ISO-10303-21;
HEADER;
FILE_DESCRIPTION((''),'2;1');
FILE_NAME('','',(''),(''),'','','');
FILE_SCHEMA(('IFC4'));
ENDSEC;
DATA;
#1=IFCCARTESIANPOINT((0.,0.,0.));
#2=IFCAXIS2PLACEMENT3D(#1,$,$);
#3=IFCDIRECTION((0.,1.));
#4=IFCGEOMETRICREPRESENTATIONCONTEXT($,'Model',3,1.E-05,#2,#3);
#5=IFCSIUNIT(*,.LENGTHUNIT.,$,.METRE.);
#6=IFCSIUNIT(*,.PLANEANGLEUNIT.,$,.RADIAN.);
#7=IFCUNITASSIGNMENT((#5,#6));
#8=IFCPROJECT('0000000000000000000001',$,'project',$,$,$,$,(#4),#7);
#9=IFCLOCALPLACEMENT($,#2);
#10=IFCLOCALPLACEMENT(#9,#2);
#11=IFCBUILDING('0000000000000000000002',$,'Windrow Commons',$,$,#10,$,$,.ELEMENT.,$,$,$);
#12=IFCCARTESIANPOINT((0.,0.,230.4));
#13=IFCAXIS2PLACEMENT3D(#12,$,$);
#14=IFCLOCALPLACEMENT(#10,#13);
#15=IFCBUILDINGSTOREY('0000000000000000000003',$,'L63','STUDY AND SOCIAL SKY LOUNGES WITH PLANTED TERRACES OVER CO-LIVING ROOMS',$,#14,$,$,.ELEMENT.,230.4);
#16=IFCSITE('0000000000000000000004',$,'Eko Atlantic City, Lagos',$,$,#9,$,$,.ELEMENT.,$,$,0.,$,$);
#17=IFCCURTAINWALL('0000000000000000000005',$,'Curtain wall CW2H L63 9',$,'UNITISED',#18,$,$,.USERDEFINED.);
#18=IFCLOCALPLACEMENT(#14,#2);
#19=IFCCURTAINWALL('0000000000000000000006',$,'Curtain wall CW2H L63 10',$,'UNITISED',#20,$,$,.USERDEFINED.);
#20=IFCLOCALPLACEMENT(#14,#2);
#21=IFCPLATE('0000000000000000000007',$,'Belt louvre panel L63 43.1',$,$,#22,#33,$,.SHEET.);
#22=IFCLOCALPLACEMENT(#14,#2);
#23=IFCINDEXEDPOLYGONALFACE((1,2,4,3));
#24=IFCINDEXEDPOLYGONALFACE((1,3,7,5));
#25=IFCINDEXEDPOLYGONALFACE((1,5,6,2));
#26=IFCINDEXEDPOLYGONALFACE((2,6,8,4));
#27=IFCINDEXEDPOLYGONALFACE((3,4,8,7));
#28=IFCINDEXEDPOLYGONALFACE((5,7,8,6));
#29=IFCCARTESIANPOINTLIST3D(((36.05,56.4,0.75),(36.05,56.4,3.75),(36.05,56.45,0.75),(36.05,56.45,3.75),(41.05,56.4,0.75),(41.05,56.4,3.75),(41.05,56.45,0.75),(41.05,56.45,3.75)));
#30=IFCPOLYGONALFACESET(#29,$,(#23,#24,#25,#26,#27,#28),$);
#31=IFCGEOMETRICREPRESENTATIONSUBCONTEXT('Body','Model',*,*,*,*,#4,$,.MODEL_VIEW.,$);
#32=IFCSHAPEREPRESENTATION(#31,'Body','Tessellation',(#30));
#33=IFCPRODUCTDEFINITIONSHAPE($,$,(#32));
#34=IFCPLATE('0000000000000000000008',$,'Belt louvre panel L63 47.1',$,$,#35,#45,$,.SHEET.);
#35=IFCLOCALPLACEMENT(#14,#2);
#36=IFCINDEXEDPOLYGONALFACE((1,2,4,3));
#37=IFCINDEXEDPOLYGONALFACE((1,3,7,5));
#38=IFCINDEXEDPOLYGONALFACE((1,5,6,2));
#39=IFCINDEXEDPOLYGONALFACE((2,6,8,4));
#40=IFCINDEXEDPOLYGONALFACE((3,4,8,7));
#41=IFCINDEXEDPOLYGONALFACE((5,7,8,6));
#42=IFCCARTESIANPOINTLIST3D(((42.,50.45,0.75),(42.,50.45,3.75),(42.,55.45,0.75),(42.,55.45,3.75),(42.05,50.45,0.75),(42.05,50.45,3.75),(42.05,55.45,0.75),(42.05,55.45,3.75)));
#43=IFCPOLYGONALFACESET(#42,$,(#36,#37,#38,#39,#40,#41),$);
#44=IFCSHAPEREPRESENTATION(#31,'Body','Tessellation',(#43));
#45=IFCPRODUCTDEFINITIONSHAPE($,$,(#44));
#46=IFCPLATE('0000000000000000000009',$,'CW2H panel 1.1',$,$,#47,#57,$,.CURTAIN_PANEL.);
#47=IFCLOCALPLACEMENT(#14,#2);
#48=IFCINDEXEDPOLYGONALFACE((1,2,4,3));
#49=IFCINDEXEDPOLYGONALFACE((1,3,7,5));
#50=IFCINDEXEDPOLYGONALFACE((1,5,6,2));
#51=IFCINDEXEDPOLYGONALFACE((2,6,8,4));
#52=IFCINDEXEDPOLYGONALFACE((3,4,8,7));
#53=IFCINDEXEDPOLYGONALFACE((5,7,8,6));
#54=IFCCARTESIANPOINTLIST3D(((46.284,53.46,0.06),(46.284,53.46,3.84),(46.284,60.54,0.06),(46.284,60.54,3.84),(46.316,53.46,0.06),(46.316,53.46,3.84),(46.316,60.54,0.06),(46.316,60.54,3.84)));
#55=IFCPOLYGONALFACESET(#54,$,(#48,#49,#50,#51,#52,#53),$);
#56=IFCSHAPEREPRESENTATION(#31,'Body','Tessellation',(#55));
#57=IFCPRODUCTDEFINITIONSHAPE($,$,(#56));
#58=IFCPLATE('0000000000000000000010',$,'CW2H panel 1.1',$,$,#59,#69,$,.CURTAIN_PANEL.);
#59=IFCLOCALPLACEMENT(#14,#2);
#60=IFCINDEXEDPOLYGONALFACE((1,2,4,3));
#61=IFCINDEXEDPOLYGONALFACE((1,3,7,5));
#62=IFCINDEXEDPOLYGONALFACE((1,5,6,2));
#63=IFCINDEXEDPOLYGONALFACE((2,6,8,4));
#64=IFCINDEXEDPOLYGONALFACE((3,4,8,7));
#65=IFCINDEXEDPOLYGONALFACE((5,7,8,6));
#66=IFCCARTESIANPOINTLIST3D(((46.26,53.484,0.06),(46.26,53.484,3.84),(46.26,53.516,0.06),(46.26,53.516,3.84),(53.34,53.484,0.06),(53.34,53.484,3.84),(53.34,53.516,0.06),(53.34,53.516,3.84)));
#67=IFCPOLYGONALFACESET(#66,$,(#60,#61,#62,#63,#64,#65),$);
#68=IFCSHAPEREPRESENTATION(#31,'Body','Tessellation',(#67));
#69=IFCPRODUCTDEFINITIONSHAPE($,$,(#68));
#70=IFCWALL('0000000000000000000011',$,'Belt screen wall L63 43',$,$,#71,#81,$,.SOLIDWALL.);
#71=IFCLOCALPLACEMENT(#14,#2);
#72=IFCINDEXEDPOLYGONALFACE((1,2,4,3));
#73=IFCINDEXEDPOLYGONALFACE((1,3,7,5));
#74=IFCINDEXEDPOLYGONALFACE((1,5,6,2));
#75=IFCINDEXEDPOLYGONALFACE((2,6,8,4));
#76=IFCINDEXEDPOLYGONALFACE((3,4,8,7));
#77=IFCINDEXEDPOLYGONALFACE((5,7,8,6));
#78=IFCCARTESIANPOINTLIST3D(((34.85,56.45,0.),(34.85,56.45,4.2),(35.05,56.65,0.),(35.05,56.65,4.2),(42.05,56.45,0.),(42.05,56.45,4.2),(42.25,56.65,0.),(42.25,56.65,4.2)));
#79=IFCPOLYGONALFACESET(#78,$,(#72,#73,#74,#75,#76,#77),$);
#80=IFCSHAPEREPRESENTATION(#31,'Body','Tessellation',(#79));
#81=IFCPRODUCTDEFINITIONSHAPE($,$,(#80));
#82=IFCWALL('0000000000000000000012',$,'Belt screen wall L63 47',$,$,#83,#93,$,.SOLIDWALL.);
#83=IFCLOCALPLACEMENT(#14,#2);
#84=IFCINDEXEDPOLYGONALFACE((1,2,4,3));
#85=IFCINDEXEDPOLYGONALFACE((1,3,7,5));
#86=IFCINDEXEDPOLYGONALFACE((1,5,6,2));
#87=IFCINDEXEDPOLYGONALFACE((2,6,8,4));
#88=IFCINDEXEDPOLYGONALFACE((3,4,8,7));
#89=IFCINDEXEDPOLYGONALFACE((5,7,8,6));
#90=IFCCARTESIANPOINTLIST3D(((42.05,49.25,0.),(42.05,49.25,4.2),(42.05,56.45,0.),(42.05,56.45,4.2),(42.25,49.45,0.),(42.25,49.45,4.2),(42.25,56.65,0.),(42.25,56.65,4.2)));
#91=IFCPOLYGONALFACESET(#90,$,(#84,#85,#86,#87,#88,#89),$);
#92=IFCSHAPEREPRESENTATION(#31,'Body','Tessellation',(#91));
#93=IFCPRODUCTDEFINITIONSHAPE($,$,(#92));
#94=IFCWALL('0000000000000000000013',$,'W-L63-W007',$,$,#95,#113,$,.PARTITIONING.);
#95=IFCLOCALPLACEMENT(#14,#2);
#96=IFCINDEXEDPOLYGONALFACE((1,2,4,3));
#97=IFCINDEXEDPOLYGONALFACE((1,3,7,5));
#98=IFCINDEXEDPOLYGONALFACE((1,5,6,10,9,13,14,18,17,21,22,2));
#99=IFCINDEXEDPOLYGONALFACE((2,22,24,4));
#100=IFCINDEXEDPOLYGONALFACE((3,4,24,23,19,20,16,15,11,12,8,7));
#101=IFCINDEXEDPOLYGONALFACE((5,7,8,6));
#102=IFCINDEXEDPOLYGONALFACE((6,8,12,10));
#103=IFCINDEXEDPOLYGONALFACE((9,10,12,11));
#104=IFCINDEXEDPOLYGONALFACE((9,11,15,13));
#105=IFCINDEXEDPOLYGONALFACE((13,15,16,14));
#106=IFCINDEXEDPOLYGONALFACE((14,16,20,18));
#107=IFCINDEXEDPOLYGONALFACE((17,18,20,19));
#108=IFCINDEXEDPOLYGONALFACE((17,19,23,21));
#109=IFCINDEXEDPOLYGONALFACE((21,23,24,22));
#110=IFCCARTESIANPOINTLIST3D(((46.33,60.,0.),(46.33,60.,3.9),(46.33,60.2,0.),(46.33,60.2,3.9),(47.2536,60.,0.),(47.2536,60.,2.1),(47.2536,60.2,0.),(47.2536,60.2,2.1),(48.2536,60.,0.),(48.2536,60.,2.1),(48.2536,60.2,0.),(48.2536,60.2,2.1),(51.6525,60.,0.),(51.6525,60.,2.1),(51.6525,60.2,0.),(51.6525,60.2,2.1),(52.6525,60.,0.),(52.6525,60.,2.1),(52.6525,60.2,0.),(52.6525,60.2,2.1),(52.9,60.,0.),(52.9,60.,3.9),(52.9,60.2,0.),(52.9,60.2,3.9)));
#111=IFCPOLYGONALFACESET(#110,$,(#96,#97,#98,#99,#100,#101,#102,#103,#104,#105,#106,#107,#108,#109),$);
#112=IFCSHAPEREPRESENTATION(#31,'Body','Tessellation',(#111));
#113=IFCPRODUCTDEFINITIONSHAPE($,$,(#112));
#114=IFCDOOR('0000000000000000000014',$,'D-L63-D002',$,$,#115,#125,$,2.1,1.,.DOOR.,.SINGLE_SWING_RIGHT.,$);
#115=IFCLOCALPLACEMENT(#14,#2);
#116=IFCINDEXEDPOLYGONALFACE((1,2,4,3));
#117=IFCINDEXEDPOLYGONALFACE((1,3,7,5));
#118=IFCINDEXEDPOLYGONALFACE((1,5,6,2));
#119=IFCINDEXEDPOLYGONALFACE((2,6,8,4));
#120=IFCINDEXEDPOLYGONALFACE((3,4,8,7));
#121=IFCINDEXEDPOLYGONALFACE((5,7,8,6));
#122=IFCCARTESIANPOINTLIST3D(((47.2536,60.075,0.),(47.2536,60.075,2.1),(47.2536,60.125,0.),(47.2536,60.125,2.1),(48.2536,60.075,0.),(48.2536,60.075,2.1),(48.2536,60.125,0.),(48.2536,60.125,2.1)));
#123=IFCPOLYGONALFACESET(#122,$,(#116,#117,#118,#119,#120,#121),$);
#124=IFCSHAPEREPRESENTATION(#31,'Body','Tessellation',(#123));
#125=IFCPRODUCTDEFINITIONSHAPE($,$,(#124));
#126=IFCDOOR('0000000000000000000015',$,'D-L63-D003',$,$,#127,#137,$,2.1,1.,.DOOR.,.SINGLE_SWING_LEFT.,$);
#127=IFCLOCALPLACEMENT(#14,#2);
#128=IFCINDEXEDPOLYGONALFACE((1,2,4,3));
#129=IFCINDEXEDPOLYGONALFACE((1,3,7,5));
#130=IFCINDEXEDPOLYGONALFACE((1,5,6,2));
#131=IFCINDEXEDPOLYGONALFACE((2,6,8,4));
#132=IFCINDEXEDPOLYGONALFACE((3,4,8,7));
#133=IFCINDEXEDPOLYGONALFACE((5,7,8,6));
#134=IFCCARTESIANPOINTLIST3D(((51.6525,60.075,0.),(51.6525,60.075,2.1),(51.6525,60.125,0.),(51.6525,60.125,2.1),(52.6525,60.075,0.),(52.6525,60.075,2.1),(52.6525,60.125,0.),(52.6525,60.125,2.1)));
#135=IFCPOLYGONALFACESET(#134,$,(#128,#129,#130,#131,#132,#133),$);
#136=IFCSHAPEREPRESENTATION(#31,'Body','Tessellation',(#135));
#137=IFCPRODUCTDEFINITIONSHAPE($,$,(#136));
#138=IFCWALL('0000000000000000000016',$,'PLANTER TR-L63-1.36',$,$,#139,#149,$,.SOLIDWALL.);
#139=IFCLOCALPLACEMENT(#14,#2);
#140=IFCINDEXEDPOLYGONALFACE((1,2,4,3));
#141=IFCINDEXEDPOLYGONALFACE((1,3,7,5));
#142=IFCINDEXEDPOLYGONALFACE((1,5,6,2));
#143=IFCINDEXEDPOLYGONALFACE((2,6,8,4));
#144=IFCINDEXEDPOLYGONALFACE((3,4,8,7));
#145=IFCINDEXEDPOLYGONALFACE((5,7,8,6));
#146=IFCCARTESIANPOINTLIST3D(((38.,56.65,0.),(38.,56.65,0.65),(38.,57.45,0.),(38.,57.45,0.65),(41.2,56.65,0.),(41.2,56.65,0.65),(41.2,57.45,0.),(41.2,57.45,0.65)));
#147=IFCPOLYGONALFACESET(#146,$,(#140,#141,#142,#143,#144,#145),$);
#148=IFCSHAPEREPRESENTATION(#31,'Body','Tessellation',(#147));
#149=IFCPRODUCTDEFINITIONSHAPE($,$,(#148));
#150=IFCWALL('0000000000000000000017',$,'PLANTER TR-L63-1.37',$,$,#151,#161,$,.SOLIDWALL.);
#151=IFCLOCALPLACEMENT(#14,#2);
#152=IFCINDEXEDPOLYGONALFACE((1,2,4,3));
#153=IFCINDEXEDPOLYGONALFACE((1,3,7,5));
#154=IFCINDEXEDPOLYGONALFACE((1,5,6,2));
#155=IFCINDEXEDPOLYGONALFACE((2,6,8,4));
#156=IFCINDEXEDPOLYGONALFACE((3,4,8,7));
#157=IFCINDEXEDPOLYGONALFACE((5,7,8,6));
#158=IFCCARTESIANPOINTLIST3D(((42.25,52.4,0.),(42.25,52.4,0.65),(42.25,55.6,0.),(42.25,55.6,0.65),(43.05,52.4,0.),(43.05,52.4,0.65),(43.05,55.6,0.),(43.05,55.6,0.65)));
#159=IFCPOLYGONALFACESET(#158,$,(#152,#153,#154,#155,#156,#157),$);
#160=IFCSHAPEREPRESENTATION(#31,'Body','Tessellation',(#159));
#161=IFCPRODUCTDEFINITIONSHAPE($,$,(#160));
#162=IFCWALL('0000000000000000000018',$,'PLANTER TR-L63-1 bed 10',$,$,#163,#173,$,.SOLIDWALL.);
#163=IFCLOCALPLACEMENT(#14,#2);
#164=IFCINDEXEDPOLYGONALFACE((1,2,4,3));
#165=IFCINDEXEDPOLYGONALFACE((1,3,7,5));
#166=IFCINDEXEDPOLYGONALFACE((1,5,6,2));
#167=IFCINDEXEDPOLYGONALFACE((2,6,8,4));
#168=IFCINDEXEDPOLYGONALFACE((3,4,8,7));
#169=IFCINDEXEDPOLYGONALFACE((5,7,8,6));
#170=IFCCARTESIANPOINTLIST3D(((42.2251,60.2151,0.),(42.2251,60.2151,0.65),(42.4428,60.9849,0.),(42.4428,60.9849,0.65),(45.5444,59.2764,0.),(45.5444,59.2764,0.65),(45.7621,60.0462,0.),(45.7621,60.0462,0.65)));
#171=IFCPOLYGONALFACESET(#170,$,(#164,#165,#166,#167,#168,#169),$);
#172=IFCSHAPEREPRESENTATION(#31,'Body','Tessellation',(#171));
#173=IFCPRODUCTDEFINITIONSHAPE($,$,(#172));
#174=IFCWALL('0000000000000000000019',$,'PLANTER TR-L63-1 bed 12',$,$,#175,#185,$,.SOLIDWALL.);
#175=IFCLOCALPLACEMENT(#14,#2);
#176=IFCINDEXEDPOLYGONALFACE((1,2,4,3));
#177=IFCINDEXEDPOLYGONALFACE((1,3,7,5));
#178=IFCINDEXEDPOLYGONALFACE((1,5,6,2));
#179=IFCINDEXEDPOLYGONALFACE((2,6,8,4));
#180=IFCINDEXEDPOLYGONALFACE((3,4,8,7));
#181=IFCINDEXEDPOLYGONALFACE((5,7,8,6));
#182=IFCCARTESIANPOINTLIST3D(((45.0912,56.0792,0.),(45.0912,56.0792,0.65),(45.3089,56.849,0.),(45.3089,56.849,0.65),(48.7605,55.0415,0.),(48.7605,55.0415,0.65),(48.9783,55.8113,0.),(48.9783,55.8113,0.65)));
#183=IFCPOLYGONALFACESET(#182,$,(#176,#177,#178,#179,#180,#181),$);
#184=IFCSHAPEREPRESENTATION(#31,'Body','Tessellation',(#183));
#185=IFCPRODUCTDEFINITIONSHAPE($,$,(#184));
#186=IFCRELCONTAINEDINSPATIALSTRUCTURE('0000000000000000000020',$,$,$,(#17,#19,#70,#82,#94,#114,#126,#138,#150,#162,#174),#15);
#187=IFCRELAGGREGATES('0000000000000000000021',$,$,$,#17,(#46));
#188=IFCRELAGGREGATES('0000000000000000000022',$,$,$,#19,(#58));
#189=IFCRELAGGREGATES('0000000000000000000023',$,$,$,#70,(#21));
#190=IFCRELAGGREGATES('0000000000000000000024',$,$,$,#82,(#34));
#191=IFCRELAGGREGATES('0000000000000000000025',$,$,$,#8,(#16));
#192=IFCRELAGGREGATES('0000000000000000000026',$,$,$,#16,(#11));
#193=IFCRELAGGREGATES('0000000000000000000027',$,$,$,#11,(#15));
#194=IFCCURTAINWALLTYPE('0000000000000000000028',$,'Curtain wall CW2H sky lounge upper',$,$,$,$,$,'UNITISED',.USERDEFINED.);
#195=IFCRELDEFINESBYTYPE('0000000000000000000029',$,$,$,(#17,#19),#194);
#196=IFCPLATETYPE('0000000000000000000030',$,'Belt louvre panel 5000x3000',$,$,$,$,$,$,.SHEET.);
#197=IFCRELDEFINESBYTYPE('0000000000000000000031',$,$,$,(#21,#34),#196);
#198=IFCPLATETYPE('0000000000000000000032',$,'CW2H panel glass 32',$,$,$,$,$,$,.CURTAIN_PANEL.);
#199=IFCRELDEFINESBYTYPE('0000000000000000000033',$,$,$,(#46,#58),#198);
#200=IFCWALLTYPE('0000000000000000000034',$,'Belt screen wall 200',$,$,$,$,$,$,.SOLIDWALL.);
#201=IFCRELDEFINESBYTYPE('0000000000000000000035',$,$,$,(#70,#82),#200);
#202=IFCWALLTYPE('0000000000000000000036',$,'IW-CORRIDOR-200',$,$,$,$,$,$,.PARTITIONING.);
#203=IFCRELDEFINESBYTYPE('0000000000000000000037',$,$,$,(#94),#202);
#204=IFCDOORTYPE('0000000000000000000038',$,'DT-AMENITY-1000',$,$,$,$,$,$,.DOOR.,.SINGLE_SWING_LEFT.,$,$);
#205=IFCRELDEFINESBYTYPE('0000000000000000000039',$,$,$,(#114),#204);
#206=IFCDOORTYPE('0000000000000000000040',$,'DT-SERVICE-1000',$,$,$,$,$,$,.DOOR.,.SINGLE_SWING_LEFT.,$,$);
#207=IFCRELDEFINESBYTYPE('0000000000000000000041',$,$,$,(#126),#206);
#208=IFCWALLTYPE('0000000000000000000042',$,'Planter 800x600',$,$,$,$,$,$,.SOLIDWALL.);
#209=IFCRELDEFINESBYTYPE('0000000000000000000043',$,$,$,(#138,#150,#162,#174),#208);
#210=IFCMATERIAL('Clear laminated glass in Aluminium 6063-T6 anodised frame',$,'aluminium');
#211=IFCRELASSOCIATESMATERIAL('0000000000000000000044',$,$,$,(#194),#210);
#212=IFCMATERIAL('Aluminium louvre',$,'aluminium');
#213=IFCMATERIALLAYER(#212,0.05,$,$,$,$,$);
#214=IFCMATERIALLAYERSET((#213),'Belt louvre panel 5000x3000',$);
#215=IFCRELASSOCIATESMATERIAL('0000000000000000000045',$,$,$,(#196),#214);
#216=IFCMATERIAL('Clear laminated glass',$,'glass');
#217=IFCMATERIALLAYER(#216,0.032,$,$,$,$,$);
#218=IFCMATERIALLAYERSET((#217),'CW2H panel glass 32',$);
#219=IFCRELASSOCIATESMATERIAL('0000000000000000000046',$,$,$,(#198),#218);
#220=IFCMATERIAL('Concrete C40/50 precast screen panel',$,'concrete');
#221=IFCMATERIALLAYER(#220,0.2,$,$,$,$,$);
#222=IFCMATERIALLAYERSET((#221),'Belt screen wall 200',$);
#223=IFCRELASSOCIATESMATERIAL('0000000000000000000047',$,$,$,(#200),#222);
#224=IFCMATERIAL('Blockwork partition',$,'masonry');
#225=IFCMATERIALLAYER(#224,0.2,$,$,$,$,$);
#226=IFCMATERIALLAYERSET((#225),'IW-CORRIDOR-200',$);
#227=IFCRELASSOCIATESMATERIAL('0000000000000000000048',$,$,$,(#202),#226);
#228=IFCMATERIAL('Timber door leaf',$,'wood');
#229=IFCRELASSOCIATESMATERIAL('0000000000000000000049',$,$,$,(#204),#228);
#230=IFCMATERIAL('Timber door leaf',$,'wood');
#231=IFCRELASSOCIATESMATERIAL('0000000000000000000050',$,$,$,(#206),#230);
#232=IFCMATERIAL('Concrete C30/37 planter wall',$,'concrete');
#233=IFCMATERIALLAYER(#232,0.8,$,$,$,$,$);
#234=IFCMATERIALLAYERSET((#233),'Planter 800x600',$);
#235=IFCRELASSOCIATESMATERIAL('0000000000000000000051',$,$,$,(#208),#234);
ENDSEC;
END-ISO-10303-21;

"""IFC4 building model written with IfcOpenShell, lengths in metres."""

from ifc_helpers import new_model, si_unit, direction, frame, frame_2d, origin, origin_2d, place, context, subcontext, project, spatial, polyline, rectangle, outline, extrude, material, layer, layer_set, type_object, element, fill, aggregate, save


model = new_model("IFC4")

# Units and contexts
model_context = context("Model", 3, precision=1e-05, world=origin(), true_north=direction((0.0, 1.0)))
body_context = subcontext(model_context, "Body", "Model", "MODEL_VIEW")
ifc_project = project(units=[si_unit("LENGTHUNIT", "METRE"), si_unit("PLANEANGLEUNIT", "RADIAN")], contexts=[model_context])

# Site, building, storey
site_placement = place(None, origin())
site = spatial("IfcSite", under=ifc_project, at=site_placement, Name="Eko Atlantic City, Lagos", CompositionType="ELEMENT", RefElevation=0.0)
building_placement = place(site_placement, origin())
building = spatial("IfcBuilding", under=site, at=building_placement, Name="Windrow Commons", CompositionType="ELEMENT")
storey_placement = place(building_placement, frame((0.0, 0.0, 230.4)))
storey = spatial("IfcBuildingStorey", under=building, at=storey_placement, Name="L63", Description="STUDY AND SOCIAL SKY LOUNGES WITH PLANTED TERRACES OVER CO-LIVING ROOMS", CompositionType="ELEMENT", Elevation=230.4)

# Shared definitions
ifc_material_1 = material(Name="Clear laminated glass in Aluminium 6063-T6 anodised frame", Category="aluminium")
curtain_wall_type = type_object("IfcCurtainWallType", Name="Curtain wall CW2H sky lounge upper", ElementType="UNITISED", PredefinedType="USERDEFINED", material=ifc_material_1)
placement = place(storey_placement, origin())

# Curtain wall
curtain_wall_1 = element("IfcCurtainWall", 1, at=placement, inside=storey, type_object=curtain_wall_type, Name="Curtain wall CW2H L63 9", ObjectType="UNITISED", PredefinedType="USERDEFINED")

# Curtain wall
curtain_wall_2 = element("IfcCurtainWall", 2, at=placement, inside=storey, type_object=curtain_wall_type, Name="Curtain wall CW2H L63 10", ObjectType="UNITISED", PredefinedType="USERDEFINED")

# Plates
ifc_material_2 = material(Name="Aluminium louvre", Category="aluminium")
ifc_layer_1 = layer(ifc_material_2, 0.05)
ifc_layer_set_1 = layer_set([ifc_layer_1], Name="Belt louvre panel 5000x3000")
plate_type_1 = type_object("IfcPlateType", Name="Belt louvre panel 5000x3000", PredefinedType="SHEET", material=ifc_layer_set_1)
plate_1_placement = place(storey_placement, frame((36.05, 56.4, 0.75), z_axis=(0.0, -1.0, 0.0), x_axis=(1.0, 0.0, 0.0)))
plate_1 = element("IfcPlate", 3, at=plate_1_placement, type_object=plate_type_1, Name="Belt louvre panel L63 43.1", PredefinedType="SHEET", context=body_context, shape_type="SweptSolid", body=[
    extrude(outline(polyline([(0.0, 0.0), (5.0, 0.0), (5.0, 3.0), (0.0, 3.0), (0.0, 0.0)])), origin(), (0.0, 0.0, -1.0), 0.05),
])
plate_2_placement = place(storey_placement, frame((42.0, 55.45, 0.75), z_axis=(-1.0, 0.0, 0.0), x_axis=(0.0, -1.0, 0.0)))
plate_2 = element("IfcPlate", 4, at=plate_2_placement, type_object=plate_type_1, Name="Belt louvre panel L63 47.1", PredefinedType="SHEET", context=body_context, shape_type="SweptSolid", body=[
    extrude(outline(polyline([(0.0, 0.0), (5.0, 0.0), (5.0, 3.0), (0.0, 3.0), (0.0, 0.0)])), origin(), (0.0, 0.0, -1.0), 0.05),
])
ifc_material_3 = material(Name="Clear laminated glass", Category="glass")
ifc_layer_2 = layer(ifc_material_3, 0.032)
ifc_layer_set_2 = layer_set([ifc_layer_2], Name="CW2H panel glass 32")
plate_type_2 = type_object("IfcPlateType", Name="CW2H panel glass 32", PredefinedType="CURTAIN_PANEL", material=ifc_layer_set_2)
plate_3_placement = place(storey_placement, frame((46.3, 57.0, 0.06), z_axis=(0.0, 0.0, 1.0), x_axis=(0.0, -1.0, 0.0)))
plate_3 = element("IfcPlate", 5, at=plate_3_placement, type_object=plate_type_2, Name="CW2H panel 1.1", PredefinedType="CURTAIN_PANEL", context=body_context, shape_type="SweptSolid", body=[
    extrude(rectangle(XDim=7.08, YDim=0.032, at=origin_2d()), origin(), (0.0, 0.0, 1.0), 3.78),
])
aggregate(curtain_wall_1, [plate_3])
plate_4_placement = place(storey_placement, frame((49.8, 53.5, 0.06), z_axis=(0.0, 0.0, 1.0), x_axis=(1.0, 0.0, 0.0)))
plate_4 = element("IfcPlate", 6, at=plate_4_placement, type_object=plate_type_2, Name="CW2H panel 1.1", PredefinedType="CURTAIN_PANEL", context=body_context, shape_type="SweptSolid", body=[
    extrude(rectangle(XDim=7.08, YDim=0.032, at=origin_2d()), origin(), (0.0, 0.0, 1.0), 3.78),
])
aggregate(curtain_wall_2, [plate_4])

# Walls
ifc_material_4 = material(Name="Concrete C40/50 precast screen panel", Category="concrete")
ifc_layer_3 = layer(ifc_material_4, 0.2)
ifc_layer_set_3 = layer_set([ifc_layer_3], Name="Belt screen wall 200")
wall_type_1 = type_object("IfcWallType", Name="Belt screen wall 200", PredefinedType="SOLIDWALL", material=ifc_layer_set_3)
wall_1_placement = place(storey_placement, frame((34.95, 56.55, 0.0), z_axis=(0.0, 0.0, 1.0), x_axis=(1.0, 0.0, 0.0)))
wall_1 = element("IfcWall", 7, at=wall_1_placement, inside=storey, type_object=wall_type_1, Name="Belt screen wall L63 43", PredefinedType="SOLIDWALL", context=body_context, shape_type="SweptSolid", body=[
    extrude(outline(polyline([(-0.1, -0.1), (7.1, -0.1), (7.3, 0.1), (0.1, 0.1), (-0.1, -0.1)])), origin(), (0.0, 0.0, 1.0), 4.2),
])
aggregate(wall_1, [plate_1])
wall_2_placement = place(storey_placement, frame((42.15, 56.55, 0.0), z_axis=(0.0, 0.0, 1.0), x_axis=(0.0, -1.0, 0.0)))
wall_2 = element("IfcWall", 8, at=wall_2_placement, inside=storey, type_object=wall_type_1, Name="Belt screen wall L63 47", PredefinedType="SOLIDWALL", context=body_context, shape_type="SweptSolid", body=[
    extrude(outline(polyline([(0.1, -0.1), (7.3, -0.1), (7.1, 0.1), (-0.1, 0.1), (0.1, -0.1)])), origin(), (0.0, 0.0, 1.0), 4.2),
])
aggregate(wall_2, [plate_2])

# Wall, openings, doors
ifc_material_5 = material(Name="Blockwork partition", Category="masonry")
ifc_layer_4 = layer(ifc_material_5, 0.2)
ifc_layer_set_4 = layer_set([ifc_layer_4], Name="IW-CORRIDOR-200")
wall_type_2 = type_object("IfcWallType", Name="IW-CORRIDOR-200", PredefinedType="PARTITIONING", material=ifc_layer_set_4)
wall_3_placement = place(storey_placement, frame((46.33, 60.1, 0.0), z_axis=(0.0, 0.0, 1.0), x_axis=(1.0, 0.0, 0.0)))
wall_3 = element("IfcWall", 9, at=wall_3_placement, inside=storey, type_object=wall_type_2, Name="W-L63-W007", PredefinedType="PARTITIONING", context=body_context, shape_type="SweptSolid", body=[
    extrude(rectangle(XDim=6.57, YDim=0.2, at=frame_2d((3.285, 0.0))), origin(), (0.0, 0.0, 1.0), 3.9),
])
opening_1_placement = place(wall_3_placement, frame((0.9236, 0.0, 0.0)))
opening_1 = element("IfcOpeningElement", 10, at=opening_1_placement, cuts=wall_3, PredefinedType="OPENING", context=body_context, shape_type="SweptSolid", body=[
    extrude(rectangle(XDim=1.0, YDim=2.1, at=frame_2d((0.5, 1.05))), frame((0.0, 0.11, 0.0), z_axis=(0.0, -1.0, 0.0), x_axis=(1.0, 0.0, 0.0)), (0.0, 0.0, 1.0), 0.22),
])
opening_2_placement = place(wall_3_placement, frame((5.3225, 0.0, 0.0)))
opening_2 = element("IfcOpeningElement", 11, at=opening_2_placement, cuts=wall_3, PredefinedType="OPENING", context=body_context, shape_type="SweptSolid", body=[
    extrude(rectangle(XDim=1.0, YDim=2.1, at=frame_2d((0.5, 1.05))), frame((0.0, 0.11, 0.0), z_axis=(0.0, -1.0, 0.0), x_axis=(1.0, 0.0, 0.0)), (0.0, 0.0, 1.0), 0.22),
])
ifc_material_6 = material(Name="Timber door leaf", Category="wood")
door_type_1 = type_object("IfcDoorType", Name="DT-AMENITY-1000", OperationType="SINGLE_SWING_LEFT", PredefinedType="DOOR", material=ifc_material_6)
door_1_placement = place(opening_1_placement, origin())
door_1 = element("IfcDoor", 12, at=door_1_placement, inside=storey, type_object=door_type_1, Name="D-L63-D002", OperationType="SINGLE_SWING_RIGHT", OverallHeight=2.1, OverallWidth=1.0, PredefinedType="DOOR", context=body_context, shape_type="SweptSolid", body=[
    extrude(rectangle(XDim=1.0, YDim=2.1, at=frame_2d((0.5, 1.05))), frame((0.0, 0.025, 0.0), z_axis=(0.0, -1.0, 0.0), x_axis=(1.0, 0.0, 0.0)), (0.0, 0.0, 1.0), 0.05),
])
fill(opening_1, door_1)
ifc_material_7 = material(Name="Timber door leaf", Category="wood")
door_type_2 = type_object("IfcDoorType", Name="DT-SERVICE-1000", OperationType="SINGLE_SWING_LEFT", PredefinedType="DOOR", material=ifc_material_7)
door_2_placement = place(opening_2_placement, origin())
door_2 = element("IfcDoor", 13, at=door_2_placement, inside=storey, type_object=door_type_2, Name="D-L63-D003", OperationType="SINGLE_SWING_LEFT", OverallHeight=2.1, OverallWidth=1.0, PredefinedType="DOOR", context=body_context, shape_type="SweptSolid", body=[
    extrude(rectangle(XDim=1.0, YDim=2.1, at=frame_2d((0.5, 1.05))), frame((0.0, 0.025, 0.0), z_axis=(0.0, -1.0, 0.0), x_axis=(1.0, 0.0, 0.0)), (0.0, 0.0, 1.0), 0.05),
])
fill(opening_2, door_2)

# Walls
ifc_material_8 = material(Name="Concrete C30/37 planter wall", Category="concrete")
ifc_layer_5 = layer(ifc_material_8, 0.8)
ifc_layer_set_5 = layer_set([ifc_layer_5], Name="Planter 800x600")
wall_type_3 = type_object("IfcWallType", Name="Planter 800x600", PredefinedType="SOLIDWALL", material=ifc_layer_set_5)
for number, where, z_axis, x_axis, name in (
    (14, (38.0, 57.05, 0.0), (0.0, 0.0, 1.0), (1.0, 0.0, 0.0), "PLANTER TR-L63-1.36"),
    (15, (42.65, 55.6, 0.0), (0.0, 0.0, 1.0), (0.0, -1.0, 0.0), "PLANTER TR-L63-1.37"),
):
    element("IfcWall", number, at=place(storey_placement, frame(where, z_axis=z_axis, x_axis=x_axis)), inside=storey, type_object=wall_type_3, Name=name, PredefinedType="SOLIDWALL", context=body_context, shape_type="SweptSolid", body=[
        extrude(rectangle(XDim=3.2, YDim=0.8, at=frame_2d((1.6, 0.0))), origin(), (0.0, 0.0, 1.0), 0.65),
    ])
wall_4_placement = place(storey_placement, frame((45.6533, 59.6613, 0.0), z_axis=(0.0, 0.0, 1.0), x_axis=(-0.962261, 0.272128, 0.0)))
element("IfcWall", 16, at=wall_4_placement, inside=storey, type_object=wall_type_3, Name="PLANTER TR-L63-1 bed 10", PredefinedType="SOLIDWALL", context=body_context, shape_type="SweptSolid", body=[
    extrude(rectangle(XDim=3.4495, YDim=0.8, at=frame_2d((1.7248, 0.0))), origin(), (0.0, 0.0, 1.0), 0.65),
])
wall_5_placement = place(storey_placement, frame((48.8694, 55.4264, 0.0), z_axis=(0.0, 0.0, 1.0), x_axis=(-0.962262, 0.272126, 0.0)))
element("IfcWall", 17, at=wall_5_placement, inside=storey, type_object=wall_type_3, Name="PLANTER TR-L63-1 bed 12", PredefinedType="SOLIDWALL", context=body_context, shape_type="SweptSolid", body=[
    extrude(outline(polyline([(0.0, -0.4), (3.8133, -0.4), (3.8133, 0.4), (0.0, 0.4), (0.0, -0.4)])), origin(), (0.0, 0.0, 1.0), 0.65),
])

save(model, "model.ifc")
